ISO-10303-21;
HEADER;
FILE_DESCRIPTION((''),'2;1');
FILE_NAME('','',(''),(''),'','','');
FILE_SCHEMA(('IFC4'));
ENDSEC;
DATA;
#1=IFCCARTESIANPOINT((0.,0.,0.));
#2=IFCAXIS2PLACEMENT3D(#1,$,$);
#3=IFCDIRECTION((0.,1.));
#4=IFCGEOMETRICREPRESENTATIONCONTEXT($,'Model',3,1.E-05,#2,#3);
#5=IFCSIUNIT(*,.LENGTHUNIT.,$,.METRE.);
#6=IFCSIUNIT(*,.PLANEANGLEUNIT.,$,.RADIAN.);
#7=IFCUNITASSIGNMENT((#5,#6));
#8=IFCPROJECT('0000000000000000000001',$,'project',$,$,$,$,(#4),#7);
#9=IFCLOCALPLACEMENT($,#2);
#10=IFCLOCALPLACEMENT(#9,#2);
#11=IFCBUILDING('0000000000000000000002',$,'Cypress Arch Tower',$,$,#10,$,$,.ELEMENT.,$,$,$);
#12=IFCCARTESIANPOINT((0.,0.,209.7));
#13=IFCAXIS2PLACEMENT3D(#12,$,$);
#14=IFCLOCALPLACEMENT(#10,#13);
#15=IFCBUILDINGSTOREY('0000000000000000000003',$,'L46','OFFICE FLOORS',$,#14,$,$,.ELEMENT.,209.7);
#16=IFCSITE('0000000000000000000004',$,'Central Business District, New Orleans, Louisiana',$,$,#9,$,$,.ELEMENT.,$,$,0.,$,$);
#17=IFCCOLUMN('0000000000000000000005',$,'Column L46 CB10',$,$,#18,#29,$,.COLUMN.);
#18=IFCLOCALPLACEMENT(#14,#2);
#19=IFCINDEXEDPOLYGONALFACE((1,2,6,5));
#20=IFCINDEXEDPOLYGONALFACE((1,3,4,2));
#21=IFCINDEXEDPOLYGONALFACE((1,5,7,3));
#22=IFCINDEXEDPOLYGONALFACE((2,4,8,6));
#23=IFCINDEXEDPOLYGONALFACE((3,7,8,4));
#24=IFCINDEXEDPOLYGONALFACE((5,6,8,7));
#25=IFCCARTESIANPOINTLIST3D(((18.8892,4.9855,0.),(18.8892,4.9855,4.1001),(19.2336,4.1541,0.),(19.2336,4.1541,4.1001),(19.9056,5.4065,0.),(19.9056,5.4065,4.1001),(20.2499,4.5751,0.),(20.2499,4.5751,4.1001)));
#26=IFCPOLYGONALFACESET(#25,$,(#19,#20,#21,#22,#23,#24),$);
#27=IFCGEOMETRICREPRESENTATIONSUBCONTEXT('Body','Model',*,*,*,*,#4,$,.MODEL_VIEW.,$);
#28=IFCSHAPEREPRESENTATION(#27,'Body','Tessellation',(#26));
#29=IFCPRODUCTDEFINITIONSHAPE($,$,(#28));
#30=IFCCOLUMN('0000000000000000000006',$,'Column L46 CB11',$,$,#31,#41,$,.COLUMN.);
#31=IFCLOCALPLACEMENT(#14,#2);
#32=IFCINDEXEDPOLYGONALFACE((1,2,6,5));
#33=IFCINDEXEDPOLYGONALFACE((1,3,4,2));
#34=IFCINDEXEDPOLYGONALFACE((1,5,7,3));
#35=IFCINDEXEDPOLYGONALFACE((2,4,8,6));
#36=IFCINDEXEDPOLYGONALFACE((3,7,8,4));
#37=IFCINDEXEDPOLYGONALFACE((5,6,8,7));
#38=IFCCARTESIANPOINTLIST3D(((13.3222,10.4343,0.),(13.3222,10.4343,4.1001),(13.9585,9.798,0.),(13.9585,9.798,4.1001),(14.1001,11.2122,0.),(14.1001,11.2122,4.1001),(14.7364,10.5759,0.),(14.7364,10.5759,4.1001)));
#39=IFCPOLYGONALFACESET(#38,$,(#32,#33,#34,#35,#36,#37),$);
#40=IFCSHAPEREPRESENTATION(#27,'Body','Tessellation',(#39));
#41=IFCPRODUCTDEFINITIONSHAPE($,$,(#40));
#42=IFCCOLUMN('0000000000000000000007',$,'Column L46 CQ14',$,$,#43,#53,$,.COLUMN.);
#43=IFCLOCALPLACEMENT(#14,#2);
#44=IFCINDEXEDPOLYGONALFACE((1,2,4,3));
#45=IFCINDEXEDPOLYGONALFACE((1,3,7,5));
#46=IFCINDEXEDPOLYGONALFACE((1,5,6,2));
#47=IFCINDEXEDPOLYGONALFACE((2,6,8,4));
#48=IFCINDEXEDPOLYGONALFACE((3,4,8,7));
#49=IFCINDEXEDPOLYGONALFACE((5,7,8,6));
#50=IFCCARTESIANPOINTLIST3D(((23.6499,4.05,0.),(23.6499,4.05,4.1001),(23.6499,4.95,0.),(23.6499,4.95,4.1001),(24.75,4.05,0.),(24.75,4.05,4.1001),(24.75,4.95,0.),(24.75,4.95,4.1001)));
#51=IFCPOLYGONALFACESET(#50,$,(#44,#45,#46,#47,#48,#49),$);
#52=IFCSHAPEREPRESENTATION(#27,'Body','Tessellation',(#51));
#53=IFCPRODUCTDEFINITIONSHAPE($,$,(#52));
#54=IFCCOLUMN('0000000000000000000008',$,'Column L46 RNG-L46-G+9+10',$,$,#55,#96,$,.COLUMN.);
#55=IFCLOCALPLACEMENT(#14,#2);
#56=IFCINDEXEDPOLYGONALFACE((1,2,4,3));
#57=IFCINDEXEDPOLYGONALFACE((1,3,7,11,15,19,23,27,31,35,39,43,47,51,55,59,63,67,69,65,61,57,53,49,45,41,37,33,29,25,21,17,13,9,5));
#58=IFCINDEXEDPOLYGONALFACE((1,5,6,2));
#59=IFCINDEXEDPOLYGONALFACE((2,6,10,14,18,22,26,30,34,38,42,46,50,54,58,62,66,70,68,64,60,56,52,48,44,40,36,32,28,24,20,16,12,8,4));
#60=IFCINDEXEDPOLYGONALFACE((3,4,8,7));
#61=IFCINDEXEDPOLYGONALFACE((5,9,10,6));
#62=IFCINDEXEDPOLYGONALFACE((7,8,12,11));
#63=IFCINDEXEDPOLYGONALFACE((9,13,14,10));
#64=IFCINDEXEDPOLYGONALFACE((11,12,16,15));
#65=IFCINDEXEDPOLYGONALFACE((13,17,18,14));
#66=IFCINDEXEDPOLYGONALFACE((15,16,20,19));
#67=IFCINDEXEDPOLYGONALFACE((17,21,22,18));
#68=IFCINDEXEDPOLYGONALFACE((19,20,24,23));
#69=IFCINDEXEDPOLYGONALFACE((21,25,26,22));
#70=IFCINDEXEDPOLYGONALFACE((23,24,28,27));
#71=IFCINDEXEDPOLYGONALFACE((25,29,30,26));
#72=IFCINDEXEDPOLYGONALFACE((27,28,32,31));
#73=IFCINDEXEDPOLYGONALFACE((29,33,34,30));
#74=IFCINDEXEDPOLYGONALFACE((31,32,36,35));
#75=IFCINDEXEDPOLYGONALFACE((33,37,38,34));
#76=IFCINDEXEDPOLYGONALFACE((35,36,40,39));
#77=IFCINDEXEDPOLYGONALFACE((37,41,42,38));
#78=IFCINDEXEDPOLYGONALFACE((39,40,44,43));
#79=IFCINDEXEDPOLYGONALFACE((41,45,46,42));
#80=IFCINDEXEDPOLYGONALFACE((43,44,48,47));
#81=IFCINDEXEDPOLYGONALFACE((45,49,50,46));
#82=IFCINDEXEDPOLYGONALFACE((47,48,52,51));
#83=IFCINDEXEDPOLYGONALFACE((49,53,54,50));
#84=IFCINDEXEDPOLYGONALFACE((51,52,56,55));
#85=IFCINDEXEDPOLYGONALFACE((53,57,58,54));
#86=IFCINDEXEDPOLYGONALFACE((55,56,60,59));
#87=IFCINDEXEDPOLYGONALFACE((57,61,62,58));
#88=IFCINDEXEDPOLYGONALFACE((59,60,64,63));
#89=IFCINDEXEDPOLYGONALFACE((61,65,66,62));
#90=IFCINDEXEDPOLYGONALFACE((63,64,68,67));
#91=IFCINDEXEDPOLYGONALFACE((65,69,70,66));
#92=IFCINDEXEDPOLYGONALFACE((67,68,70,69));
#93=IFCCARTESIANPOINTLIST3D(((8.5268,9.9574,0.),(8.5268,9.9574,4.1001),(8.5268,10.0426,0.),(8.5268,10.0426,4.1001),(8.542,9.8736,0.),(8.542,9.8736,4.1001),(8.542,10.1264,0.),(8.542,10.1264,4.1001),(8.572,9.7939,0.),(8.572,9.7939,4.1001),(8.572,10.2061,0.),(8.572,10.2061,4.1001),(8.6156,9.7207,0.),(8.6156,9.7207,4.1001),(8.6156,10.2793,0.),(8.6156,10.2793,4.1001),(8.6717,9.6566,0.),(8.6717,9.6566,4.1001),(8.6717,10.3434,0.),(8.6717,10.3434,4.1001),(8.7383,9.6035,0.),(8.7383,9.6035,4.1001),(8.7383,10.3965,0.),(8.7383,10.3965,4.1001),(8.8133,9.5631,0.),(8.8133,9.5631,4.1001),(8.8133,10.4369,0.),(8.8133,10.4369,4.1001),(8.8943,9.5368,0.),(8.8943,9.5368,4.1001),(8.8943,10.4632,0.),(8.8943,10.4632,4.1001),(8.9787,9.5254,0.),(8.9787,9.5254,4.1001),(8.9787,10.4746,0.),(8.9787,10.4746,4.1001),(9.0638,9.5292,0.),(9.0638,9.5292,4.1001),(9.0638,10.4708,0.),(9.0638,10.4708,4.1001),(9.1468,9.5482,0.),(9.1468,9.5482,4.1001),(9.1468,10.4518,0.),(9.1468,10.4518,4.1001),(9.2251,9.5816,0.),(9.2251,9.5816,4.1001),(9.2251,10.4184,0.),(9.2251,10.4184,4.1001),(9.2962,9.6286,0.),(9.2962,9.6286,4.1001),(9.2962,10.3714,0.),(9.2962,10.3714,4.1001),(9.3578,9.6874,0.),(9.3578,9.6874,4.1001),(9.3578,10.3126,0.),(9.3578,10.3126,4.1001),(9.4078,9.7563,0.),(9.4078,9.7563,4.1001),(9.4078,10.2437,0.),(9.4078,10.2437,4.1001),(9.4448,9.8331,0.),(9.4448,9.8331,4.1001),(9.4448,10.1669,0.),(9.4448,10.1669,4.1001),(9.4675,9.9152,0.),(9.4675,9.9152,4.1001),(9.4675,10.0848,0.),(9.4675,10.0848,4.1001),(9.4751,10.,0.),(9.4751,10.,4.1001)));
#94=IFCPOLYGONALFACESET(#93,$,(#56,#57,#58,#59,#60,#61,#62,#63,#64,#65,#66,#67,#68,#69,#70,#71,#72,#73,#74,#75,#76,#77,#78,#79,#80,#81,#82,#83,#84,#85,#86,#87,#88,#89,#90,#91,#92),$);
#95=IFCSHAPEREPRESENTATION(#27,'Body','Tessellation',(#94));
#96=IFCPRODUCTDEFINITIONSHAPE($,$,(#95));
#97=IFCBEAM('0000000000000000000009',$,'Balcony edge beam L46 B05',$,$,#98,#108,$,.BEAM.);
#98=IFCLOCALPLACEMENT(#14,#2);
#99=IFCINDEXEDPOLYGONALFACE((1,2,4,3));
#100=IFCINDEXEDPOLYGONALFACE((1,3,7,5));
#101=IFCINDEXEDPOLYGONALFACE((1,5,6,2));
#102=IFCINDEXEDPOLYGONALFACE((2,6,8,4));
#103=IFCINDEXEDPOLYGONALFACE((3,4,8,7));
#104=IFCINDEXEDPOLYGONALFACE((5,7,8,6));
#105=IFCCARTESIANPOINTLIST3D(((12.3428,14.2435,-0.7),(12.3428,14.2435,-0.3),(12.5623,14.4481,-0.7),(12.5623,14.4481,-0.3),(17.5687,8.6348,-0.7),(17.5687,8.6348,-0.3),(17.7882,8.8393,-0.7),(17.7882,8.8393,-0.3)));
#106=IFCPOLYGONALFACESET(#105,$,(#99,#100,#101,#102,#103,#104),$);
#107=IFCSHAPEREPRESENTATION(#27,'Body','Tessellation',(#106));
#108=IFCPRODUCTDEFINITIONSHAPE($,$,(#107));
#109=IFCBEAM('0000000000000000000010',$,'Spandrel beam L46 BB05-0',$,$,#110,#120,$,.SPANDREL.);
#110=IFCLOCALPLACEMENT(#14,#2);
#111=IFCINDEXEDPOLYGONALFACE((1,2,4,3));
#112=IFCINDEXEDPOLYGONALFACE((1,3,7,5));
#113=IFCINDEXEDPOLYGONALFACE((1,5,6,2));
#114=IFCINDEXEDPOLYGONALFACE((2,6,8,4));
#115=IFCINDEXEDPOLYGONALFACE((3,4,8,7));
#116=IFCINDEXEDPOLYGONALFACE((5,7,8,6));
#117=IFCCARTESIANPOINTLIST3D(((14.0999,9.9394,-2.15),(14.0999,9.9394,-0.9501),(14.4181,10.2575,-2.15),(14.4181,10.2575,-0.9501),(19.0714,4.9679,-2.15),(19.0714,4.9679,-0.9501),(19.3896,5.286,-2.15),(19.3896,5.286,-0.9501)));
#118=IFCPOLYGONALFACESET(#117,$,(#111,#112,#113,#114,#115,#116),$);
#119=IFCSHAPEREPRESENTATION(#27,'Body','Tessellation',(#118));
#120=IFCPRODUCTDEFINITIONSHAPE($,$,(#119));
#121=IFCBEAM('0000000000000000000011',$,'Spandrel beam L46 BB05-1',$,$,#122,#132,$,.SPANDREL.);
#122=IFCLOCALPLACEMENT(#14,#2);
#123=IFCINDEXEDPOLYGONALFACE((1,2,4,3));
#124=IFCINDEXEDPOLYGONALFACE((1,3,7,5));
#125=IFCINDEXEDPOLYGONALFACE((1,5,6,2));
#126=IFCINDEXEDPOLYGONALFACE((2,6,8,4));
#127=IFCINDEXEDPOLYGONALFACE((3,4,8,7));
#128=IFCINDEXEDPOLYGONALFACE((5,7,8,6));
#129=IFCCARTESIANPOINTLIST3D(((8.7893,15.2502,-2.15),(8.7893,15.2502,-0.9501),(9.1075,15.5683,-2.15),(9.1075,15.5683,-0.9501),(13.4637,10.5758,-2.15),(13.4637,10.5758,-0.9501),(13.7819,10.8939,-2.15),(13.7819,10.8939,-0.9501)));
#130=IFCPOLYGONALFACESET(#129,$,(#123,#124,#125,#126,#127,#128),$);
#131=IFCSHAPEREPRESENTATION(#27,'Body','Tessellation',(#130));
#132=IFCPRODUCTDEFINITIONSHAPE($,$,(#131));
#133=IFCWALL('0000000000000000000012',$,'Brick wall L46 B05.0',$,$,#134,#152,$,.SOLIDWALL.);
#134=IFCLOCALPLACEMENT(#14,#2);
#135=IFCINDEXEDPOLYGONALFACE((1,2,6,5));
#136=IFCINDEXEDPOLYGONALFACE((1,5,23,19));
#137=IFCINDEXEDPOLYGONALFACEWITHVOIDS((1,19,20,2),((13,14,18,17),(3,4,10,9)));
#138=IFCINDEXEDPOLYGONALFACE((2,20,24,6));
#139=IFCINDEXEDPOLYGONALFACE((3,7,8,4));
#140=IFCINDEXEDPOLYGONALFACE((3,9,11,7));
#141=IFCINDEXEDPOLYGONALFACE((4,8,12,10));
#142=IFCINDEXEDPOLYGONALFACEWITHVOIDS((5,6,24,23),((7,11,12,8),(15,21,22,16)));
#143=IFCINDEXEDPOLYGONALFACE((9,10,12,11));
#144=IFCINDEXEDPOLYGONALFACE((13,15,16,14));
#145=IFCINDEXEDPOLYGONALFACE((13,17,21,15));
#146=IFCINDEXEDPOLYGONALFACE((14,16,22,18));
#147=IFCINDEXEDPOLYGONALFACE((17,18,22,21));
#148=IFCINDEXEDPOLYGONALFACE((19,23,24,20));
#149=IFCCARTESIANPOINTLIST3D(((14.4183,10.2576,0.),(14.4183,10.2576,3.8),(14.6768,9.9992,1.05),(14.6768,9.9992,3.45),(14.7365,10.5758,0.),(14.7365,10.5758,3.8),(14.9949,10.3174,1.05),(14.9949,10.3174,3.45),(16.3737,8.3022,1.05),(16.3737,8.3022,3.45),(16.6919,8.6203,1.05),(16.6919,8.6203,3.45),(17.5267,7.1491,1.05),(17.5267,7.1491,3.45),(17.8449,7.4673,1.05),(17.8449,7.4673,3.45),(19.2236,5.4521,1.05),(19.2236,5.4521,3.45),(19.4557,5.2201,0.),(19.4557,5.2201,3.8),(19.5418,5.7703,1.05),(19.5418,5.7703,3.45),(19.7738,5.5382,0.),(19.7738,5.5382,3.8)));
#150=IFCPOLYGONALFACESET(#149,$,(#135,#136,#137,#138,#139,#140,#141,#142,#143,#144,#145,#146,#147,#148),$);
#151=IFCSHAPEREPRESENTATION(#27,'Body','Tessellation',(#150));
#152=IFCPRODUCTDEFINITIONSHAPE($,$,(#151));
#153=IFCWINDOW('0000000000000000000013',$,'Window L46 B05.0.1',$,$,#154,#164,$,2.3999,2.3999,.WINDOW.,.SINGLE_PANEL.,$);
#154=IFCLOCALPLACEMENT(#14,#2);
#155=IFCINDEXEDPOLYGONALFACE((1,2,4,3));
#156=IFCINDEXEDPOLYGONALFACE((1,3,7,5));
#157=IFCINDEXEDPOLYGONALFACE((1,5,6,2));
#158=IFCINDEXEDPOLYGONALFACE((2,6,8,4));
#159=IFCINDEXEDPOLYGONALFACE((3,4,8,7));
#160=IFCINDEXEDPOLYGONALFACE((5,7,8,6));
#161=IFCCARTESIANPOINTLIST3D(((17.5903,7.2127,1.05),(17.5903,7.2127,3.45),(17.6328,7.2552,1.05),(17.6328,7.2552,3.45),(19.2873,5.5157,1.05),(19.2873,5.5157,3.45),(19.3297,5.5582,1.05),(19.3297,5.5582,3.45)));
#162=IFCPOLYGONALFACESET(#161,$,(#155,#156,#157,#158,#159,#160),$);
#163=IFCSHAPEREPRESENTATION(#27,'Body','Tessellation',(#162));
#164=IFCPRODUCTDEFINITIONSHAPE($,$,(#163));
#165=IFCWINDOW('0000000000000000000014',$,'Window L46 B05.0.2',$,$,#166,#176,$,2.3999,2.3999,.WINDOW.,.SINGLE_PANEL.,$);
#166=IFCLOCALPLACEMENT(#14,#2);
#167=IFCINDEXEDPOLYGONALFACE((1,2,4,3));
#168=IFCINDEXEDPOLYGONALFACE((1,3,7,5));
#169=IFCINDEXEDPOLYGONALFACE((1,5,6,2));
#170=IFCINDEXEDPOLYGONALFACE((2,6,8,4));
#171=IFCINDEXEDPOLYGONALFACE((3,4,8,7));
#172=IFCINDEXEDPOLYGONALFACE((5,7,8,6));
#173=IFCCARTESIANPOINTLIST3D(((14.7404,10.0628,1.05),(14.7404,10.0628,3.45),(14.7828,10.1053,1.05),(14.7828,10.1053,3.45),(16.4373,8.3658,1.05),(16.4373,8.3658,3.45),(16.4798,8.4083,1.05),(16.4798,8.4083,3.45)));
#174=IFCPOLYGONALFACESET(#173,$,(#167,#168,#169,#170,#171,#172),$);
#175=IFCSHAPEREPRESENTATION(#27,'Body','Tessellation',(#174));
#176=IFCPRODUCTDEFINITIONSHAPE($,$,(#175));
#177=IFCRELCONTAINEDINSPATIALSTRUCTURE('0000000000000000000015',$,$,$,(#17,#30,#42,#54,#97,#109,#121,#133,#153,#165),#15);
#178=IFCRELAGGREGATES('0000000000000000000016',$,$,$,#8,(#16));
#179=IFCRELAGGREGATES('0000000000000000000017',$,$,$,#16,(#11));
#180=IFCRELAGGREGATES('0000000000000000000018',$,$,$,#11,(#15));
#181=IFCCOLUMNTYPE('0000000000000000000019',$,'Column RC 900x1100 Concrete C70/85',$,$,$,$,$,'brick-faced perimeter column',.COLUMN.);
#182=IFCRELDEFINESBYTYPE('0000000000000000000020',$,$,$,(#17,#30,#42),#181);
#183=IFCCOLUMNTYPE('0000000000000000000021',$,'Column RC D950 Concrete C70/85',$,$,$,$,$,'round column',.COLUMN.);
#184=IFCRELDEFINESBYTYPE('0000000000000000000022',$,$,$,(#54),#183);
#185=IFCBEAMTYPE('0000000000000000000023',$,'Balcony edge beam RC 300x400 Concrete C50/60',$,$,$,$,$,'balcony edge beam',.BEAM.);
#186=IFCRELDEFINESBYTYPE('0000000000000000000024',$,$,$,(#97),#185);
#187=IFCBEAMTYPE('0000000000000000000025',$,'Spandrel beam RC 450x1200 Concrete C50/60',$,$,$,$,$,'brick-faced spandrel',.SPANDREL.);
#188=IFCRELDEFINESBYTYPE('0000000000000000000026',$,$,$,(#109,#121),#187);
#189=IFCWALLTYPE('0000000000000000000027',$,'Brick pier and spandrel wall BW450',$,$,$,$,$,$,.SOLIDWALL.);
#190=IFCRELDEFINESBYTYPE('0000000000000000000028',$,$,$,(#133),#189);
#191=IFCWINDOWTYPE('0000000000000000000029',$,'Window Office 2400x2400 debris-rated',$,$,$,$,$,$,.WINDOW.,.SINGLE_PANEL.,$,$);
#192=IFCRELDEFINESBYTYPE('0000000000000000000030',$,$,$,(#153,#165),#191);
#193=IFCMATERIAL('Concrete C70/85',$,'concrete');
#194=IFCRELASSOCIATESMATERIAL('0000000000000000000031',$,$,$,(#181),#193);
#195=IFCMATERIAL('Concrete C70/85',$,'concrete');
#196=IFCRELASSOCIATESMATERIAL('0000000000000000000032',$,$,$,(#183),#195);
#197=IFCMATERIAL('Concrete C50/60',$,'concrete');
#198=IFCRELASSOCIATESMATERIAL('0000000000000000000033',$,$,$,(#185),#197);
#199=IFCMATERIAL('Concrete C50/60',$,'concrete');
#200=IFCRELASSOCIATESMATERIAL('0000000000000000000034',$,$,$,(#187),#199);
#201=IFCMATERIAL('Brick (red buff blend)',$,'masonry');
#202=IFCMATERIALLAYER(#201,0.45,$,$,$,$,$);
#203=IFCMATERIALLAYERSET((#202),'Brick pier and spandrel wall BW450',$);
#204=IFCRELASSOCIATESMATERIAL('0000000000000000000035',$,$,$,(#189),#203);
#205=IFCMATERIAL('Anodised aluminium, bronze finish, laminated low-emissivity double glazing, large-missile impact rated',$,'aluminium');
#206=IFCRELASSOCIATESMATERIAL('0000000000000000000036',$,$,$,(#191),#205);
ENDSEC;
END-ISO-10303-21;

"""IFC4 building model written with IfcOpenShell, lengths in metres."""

from ifc_helpers import new_model, si_unit, direction, frame, frame_2d, origin, origin_2d, place, context, subcontext, project, spatial, rectangle, circle, extrude, material, layer, layer_set, material_profile, profile_set, type_object, element, fill, save


model = new_model("IFC4")

# Units and contexts
model_context = context("Model", 3, precision=1e-05, world=origin(), true_north=direction((0.0, 1.0)))
body_context = subcontext(model_context, "Body", "Model", "MODEL_VIEW")
ifc_project = project(units=[si_unit("LENGTHUNIT", "METRE"), si_unit("PLANEANGLEUNIT", "RADIAN")], contexts=[model_context])

# Site, building, storey
site_placement = place(None, origin())
site = spatial("IfcSite", under=ifc_project, at=site_placement, Name="Central Business District, New Orleans, Louisiana", CompositionType="ELEMENT", RefElevation=0.0)
building_placement = place(site_placement, origin())
building = spatial("IfcBuilding", under=site, at=building_placement, Name="Cypress Arch Tower", CompositionType="ELEMENT")
storey_placement = place(building_placement, frame((0.0, 0.0, 209.7)))
storey = spatial("IfcBuildingStorey", under=building, at=storey_placement, Name="L46", Description="OFFICE FLOORS", CompositionType="ELEMENT", Elevation=209.7)

# Columns
ifc_material_1 = material(Name="Concrete C70/85", Category="concrete")
ifc_material_profile_1 = material_profile(ifc_material_1, rectangle(XDim=0.8999, YDim=1.1001, at=origin_2d()), Name="RC 900x1100")
ifc_profile_set_1 = profile_set([ifc_material_profile_1], Name="Concrete C70/85")
column_type_1 = type_object("IfcColumnType", Name="Column RC 900x1100 Concrete C70/85", ElementType="brick-faced perimeter column", PredefinedType="COLUMN", material=ifc_profile_set_1)
for number, where, z_axis, x_axis, name in (
    (1, (19.5696, 4.7803, 0.0), (0.0, 0.0, 1.0), (-0.382683, 0.92388, 0.0), "Column L46 CB10"),
    (2, (14.0293, 10.5051, 0.0), (0.0, 0.0, 1.0), (-0.707107, 0.707107, 0.0), "Column L46 CB11"),
    (3, (24.2, 4.5, 0.0), (0.0, 0.0, 1.0), (0.0, 1.0, 0.0), "Column L46 CQ14"),
):
    element("IfcColumn", number, at=place(storey_placement, frame(where, z_axis=z_axis, x_axis=x_axis)), inside=storey, type_object=column_type_1, Name=name, PredefinedType="COLUMN", context=body_context, shape_type="SweptSolid", body=[
        extrude(rectangle(XDim=0.8999, YDim=1.1001, at=origin_2d()), origin(), (0.0, 0.0, 1.0), 4.1001),
    ])
ifc_material_2 = material(Name="Concrete C70/85", Category="concrete")
ifc_material_profile_2 = material_profile(ifc_material_2, circle(Radius=0.4751, at=origin_2d()), Name="RC D950")
ifc_profile_set_2 = profile_set([ifc_material_profile_2], Name="Concrete C70/85")
column_type_2 = type_object("IfcColumnType", Name="Column RC D950 Concrete C70/85", ElementType="round column", PredefinedType="COLUMN", material=ifc_profile_set_2)
column_placement = place(storey_placement, frame((9.0, 10.0, 0.0), z_axis=(0.0, 0.0, 1.0), x_axis=(1.0, 0.0, 0.0)))
element("IfcColumn", 4, at=column_placement, inside=storey, type_object=column_type_2, Name="Column L46 RNG-L46-G+9+10", PredefinedType="COLUMN", context=body_context, shape_type="SweptSolid", body=[
    extrude(circle(Radius=0.4751, at=origin_2d()), origin(), (0.0, 0.0, 1.0), 4.1001),
])

# Beams
ifc_material_3 = material(Name="Concrete C50/60", Category="concrete")
ifc_material_profile_3 = material_profile(ifc_material_3, rectangle(XDim=0.3, YDim=0.3999, at=origin_2d()), Name="RC 300x400")
ifc_profile_set_3 = profile_set([ifc_material_profile_3], Name="Concrete C50/60")
beam_type_1 = type_object("IfcBeamType", Name="Balcony edge beam RC 300x400 Concrete C50/60", ElementType="balcony edge beam", PredefinedType="BEAM", material=ifc_profile_set_3)
beam_1_placement = place(storey_placement, frame((17.6785, 8.7371, -0.5), z_axis=(-0.681697, 0.731634, 0.0), x_axis=(-0.731634, -0.681697, 0.0)))
element("IfcBeam", 5, at=beam_1_placement, inside=storey, type_object=beam_type_1, Name="Balcony edge beam L46 B05", PredefinedType="BEAM", context=body_context, shape_type="SweptSolid", body=[
    extrude(rectangle(XDim=0.3, YDim=0.3999, at=origin_2d()), origin(), (0.0, 0.0, 1.0), 7.666),
])
ifc_material_4 = material(Name="Concrete C50/60", Category="concrete")
ifc_material_profile_4 = material_profile(ifc_material_4, rectangle(XDim=0.45, YDim=1.2, at=origin_2d()), Name="RC 450x1200")
ifc_profile_set_4 = profile_set([ifc_material_profile_4], Name="Concrete C50/60")
beam_type_2 = type_object("IfcBeamType", Name="Spandrel beam RC 450x1200 Concrete C50/60", ElementType="brick-faced spandrel", PredefinedType="SPANDREL", material=ifc_profile_set_4)
beam_2_placement = place(storey_placement, frame((19.2305, 5.127, -1.55), z_axis=(-0.707107, 0.707107, 0.0), x_axis=(-0.707107, -0.707107, 0.0)))
element("IfcBeam", 6, at=beam_2_placement, inside=storey, type_object=beam_type_2, Name="Spandrel beam L46 BB05-0", PredefinedType="SPANDREL", context=body_context, shape_type="SweptSolid", body=[
    extrude(rectangle(XDim=0.45, YDim=1.2, at=origin_2d()), origin(), (0.0, 0.0, 1.0), 7.0308),
])
beam_3_placement = place(storey_placement, frame((13.6228, 10.7349, -1.55), z_axis=(-0.707107, 0.707107, 0.0), x_axis=(-0.707107, -0.707107, 0.0)))
element("IfcBeam", 7, at=beam_3_placement, inside=storey, type_object=beam_type_2, Name="Spandrel beam L46 BB05-1", PredefinedType="SPANDREL", context=body_context, shape_type="SweptSolid", body=[
    extrude(rectangle(XDim=0.45, YDim=1.2, at=origin_2d()), origin(), (0.0, 0.0, 1.0), 6.6106),
])

# Wall, openings, windows
ifc_material_5 = material(Name="Brick (red buff blend)", Category="masonry")
ifc_layer_1 = layer(ifc_material_5, 0.45)
ifc_layer_set_1 = layer_set([ifc_layer_1], Name="Brick pier and spandrel wall BW450")
wall_type_1 = type_object("IfcWallType", Name="Brick pier and spandrel wall BW450", PredefinedType="SOLIDWALL", material=ifc_layer_set_1)
wall_1_placement = place(storey_placement, frame((19.6147, 5.3792, 0.0), z_axis=(0.0, 0.0, 1.0), x_axis=(-0.70709, 0.707124, 0.0)))
wall_1 = element("IfcWall", 8, at=wall_1_placement, inside=storey, type_object=wall_type_1, Name="Brick wall L46 B05.0", PredefinedType="SOLIDWALL", context=body_context, shape_type="SweptSolid", body=[
    extrude(rectangle(XDim=7.124, YDim=0.45, at=frame_2d((3.562, 0.0))), origin(), (0.0, 0.0, 1.0), 3.8),
])
opening_1_placement = place(wall_1_placement, frame((0.3281, 0.0, 1.05)))
opening_1 = element("IfcOpeningElement", 9, at=opening_1_placement, cuts=wall_1, PredefinedType="OPENING", context=body_context, shape_type="SweptSolid", body=[
    extrude(rectangle(XDim=2.3999, YDim=2.3999, at=frame_2d((1.2, 1.2))), frame((0.0, 0.2349, 0.0), z_axis=(0.0, -1.0, 0.0), x_axis=(1.0, 0.0, 0.0)), (0.0, 0.0, 1.0), 0.47),
])
opening_2_placement = place(wall_1_placement, frame((4.3586, 0.0, 1.05)))
opening_2 = element("IfcOpeningElement", 10, at=opening_2_placement, cuts=wall_1, PredefinedType="OPENING", context=body_context, shape_type="SweptSolid", body=[
    extrude(rectangle(XDim=2.3999, YDim=2.3999, at=frame_2d((1.2, 1.2))), frame((0.0, 0.2349, 0.0), z_axis=(0.0, -1.0, 0.0), x_axis=(1.0, 0.0, 0.0)), (0.0, 0.0, 1.0), 0.47),
])
ifc_material_6 = material(Name="Anodised aluminium, bronze finish, laminated low-emissivity double glazing, large-missile impact rated", Category="aluminium")
window_type = type_object("IfcWindowType", Name="Window Office 2400x2400 debris-rated", PartitioningType="SINGLE_PANEL", PredefinedType="WINDOW", material=ifc_material_6)
window_1_placement = place(opening_1_placement, origin())
window_1 = element("IfcWindow", 11, at=window_1_placement, inside=storey, type_object=window_type, Name="Window L46 B05.0.1", OverallHeight=2.3999, OverallWidth=2.3999, PartitioningType="SINGLE_PANEL", PredefinedType="WINDOW", context=body_context, shape_type="SweptSolid", body=[
    extrude(rectangle(XDim=2.3999, YDim=2.3999, at=frame_2d((1.2, 1.2))), frame((0.0, 0.135, 0.0), z_axis=(0.0, -1.0, 0.0), x_axis=(1.0, 0.0, 0.0)), (0.0, 0.0, 1.0), 0.0601),
])
fill(opening_1, window_1)
window_2_placement = place(opening_2_placement, origin())
window_2 = element("IfcWindow", 12, at=window_2_placement, inside=storey, type_object=window_type, Name="Window L46 B05.0.2", OverallHeight=2.3999, OverallWidth=2.3999, PartitioningType="SINGLE_PANEL", PredefinedType="WINDOW", context=body_context, shape_type="SweptSolid", body=[
    extrude(rectangle(XDim=2.3999, YDim=2.3999, at=frame_2d((1.2, 1.2))), frame((0.0, 0.135, 0.0), z_axis=(0.0, -1.0, 0.0), x_axis=(1.0, 0.0, 0.0)), (0.0, 0.0, 1.0), 0.0601),
])
fill(opening_2, window_2)

save(model, "model.ifc")
